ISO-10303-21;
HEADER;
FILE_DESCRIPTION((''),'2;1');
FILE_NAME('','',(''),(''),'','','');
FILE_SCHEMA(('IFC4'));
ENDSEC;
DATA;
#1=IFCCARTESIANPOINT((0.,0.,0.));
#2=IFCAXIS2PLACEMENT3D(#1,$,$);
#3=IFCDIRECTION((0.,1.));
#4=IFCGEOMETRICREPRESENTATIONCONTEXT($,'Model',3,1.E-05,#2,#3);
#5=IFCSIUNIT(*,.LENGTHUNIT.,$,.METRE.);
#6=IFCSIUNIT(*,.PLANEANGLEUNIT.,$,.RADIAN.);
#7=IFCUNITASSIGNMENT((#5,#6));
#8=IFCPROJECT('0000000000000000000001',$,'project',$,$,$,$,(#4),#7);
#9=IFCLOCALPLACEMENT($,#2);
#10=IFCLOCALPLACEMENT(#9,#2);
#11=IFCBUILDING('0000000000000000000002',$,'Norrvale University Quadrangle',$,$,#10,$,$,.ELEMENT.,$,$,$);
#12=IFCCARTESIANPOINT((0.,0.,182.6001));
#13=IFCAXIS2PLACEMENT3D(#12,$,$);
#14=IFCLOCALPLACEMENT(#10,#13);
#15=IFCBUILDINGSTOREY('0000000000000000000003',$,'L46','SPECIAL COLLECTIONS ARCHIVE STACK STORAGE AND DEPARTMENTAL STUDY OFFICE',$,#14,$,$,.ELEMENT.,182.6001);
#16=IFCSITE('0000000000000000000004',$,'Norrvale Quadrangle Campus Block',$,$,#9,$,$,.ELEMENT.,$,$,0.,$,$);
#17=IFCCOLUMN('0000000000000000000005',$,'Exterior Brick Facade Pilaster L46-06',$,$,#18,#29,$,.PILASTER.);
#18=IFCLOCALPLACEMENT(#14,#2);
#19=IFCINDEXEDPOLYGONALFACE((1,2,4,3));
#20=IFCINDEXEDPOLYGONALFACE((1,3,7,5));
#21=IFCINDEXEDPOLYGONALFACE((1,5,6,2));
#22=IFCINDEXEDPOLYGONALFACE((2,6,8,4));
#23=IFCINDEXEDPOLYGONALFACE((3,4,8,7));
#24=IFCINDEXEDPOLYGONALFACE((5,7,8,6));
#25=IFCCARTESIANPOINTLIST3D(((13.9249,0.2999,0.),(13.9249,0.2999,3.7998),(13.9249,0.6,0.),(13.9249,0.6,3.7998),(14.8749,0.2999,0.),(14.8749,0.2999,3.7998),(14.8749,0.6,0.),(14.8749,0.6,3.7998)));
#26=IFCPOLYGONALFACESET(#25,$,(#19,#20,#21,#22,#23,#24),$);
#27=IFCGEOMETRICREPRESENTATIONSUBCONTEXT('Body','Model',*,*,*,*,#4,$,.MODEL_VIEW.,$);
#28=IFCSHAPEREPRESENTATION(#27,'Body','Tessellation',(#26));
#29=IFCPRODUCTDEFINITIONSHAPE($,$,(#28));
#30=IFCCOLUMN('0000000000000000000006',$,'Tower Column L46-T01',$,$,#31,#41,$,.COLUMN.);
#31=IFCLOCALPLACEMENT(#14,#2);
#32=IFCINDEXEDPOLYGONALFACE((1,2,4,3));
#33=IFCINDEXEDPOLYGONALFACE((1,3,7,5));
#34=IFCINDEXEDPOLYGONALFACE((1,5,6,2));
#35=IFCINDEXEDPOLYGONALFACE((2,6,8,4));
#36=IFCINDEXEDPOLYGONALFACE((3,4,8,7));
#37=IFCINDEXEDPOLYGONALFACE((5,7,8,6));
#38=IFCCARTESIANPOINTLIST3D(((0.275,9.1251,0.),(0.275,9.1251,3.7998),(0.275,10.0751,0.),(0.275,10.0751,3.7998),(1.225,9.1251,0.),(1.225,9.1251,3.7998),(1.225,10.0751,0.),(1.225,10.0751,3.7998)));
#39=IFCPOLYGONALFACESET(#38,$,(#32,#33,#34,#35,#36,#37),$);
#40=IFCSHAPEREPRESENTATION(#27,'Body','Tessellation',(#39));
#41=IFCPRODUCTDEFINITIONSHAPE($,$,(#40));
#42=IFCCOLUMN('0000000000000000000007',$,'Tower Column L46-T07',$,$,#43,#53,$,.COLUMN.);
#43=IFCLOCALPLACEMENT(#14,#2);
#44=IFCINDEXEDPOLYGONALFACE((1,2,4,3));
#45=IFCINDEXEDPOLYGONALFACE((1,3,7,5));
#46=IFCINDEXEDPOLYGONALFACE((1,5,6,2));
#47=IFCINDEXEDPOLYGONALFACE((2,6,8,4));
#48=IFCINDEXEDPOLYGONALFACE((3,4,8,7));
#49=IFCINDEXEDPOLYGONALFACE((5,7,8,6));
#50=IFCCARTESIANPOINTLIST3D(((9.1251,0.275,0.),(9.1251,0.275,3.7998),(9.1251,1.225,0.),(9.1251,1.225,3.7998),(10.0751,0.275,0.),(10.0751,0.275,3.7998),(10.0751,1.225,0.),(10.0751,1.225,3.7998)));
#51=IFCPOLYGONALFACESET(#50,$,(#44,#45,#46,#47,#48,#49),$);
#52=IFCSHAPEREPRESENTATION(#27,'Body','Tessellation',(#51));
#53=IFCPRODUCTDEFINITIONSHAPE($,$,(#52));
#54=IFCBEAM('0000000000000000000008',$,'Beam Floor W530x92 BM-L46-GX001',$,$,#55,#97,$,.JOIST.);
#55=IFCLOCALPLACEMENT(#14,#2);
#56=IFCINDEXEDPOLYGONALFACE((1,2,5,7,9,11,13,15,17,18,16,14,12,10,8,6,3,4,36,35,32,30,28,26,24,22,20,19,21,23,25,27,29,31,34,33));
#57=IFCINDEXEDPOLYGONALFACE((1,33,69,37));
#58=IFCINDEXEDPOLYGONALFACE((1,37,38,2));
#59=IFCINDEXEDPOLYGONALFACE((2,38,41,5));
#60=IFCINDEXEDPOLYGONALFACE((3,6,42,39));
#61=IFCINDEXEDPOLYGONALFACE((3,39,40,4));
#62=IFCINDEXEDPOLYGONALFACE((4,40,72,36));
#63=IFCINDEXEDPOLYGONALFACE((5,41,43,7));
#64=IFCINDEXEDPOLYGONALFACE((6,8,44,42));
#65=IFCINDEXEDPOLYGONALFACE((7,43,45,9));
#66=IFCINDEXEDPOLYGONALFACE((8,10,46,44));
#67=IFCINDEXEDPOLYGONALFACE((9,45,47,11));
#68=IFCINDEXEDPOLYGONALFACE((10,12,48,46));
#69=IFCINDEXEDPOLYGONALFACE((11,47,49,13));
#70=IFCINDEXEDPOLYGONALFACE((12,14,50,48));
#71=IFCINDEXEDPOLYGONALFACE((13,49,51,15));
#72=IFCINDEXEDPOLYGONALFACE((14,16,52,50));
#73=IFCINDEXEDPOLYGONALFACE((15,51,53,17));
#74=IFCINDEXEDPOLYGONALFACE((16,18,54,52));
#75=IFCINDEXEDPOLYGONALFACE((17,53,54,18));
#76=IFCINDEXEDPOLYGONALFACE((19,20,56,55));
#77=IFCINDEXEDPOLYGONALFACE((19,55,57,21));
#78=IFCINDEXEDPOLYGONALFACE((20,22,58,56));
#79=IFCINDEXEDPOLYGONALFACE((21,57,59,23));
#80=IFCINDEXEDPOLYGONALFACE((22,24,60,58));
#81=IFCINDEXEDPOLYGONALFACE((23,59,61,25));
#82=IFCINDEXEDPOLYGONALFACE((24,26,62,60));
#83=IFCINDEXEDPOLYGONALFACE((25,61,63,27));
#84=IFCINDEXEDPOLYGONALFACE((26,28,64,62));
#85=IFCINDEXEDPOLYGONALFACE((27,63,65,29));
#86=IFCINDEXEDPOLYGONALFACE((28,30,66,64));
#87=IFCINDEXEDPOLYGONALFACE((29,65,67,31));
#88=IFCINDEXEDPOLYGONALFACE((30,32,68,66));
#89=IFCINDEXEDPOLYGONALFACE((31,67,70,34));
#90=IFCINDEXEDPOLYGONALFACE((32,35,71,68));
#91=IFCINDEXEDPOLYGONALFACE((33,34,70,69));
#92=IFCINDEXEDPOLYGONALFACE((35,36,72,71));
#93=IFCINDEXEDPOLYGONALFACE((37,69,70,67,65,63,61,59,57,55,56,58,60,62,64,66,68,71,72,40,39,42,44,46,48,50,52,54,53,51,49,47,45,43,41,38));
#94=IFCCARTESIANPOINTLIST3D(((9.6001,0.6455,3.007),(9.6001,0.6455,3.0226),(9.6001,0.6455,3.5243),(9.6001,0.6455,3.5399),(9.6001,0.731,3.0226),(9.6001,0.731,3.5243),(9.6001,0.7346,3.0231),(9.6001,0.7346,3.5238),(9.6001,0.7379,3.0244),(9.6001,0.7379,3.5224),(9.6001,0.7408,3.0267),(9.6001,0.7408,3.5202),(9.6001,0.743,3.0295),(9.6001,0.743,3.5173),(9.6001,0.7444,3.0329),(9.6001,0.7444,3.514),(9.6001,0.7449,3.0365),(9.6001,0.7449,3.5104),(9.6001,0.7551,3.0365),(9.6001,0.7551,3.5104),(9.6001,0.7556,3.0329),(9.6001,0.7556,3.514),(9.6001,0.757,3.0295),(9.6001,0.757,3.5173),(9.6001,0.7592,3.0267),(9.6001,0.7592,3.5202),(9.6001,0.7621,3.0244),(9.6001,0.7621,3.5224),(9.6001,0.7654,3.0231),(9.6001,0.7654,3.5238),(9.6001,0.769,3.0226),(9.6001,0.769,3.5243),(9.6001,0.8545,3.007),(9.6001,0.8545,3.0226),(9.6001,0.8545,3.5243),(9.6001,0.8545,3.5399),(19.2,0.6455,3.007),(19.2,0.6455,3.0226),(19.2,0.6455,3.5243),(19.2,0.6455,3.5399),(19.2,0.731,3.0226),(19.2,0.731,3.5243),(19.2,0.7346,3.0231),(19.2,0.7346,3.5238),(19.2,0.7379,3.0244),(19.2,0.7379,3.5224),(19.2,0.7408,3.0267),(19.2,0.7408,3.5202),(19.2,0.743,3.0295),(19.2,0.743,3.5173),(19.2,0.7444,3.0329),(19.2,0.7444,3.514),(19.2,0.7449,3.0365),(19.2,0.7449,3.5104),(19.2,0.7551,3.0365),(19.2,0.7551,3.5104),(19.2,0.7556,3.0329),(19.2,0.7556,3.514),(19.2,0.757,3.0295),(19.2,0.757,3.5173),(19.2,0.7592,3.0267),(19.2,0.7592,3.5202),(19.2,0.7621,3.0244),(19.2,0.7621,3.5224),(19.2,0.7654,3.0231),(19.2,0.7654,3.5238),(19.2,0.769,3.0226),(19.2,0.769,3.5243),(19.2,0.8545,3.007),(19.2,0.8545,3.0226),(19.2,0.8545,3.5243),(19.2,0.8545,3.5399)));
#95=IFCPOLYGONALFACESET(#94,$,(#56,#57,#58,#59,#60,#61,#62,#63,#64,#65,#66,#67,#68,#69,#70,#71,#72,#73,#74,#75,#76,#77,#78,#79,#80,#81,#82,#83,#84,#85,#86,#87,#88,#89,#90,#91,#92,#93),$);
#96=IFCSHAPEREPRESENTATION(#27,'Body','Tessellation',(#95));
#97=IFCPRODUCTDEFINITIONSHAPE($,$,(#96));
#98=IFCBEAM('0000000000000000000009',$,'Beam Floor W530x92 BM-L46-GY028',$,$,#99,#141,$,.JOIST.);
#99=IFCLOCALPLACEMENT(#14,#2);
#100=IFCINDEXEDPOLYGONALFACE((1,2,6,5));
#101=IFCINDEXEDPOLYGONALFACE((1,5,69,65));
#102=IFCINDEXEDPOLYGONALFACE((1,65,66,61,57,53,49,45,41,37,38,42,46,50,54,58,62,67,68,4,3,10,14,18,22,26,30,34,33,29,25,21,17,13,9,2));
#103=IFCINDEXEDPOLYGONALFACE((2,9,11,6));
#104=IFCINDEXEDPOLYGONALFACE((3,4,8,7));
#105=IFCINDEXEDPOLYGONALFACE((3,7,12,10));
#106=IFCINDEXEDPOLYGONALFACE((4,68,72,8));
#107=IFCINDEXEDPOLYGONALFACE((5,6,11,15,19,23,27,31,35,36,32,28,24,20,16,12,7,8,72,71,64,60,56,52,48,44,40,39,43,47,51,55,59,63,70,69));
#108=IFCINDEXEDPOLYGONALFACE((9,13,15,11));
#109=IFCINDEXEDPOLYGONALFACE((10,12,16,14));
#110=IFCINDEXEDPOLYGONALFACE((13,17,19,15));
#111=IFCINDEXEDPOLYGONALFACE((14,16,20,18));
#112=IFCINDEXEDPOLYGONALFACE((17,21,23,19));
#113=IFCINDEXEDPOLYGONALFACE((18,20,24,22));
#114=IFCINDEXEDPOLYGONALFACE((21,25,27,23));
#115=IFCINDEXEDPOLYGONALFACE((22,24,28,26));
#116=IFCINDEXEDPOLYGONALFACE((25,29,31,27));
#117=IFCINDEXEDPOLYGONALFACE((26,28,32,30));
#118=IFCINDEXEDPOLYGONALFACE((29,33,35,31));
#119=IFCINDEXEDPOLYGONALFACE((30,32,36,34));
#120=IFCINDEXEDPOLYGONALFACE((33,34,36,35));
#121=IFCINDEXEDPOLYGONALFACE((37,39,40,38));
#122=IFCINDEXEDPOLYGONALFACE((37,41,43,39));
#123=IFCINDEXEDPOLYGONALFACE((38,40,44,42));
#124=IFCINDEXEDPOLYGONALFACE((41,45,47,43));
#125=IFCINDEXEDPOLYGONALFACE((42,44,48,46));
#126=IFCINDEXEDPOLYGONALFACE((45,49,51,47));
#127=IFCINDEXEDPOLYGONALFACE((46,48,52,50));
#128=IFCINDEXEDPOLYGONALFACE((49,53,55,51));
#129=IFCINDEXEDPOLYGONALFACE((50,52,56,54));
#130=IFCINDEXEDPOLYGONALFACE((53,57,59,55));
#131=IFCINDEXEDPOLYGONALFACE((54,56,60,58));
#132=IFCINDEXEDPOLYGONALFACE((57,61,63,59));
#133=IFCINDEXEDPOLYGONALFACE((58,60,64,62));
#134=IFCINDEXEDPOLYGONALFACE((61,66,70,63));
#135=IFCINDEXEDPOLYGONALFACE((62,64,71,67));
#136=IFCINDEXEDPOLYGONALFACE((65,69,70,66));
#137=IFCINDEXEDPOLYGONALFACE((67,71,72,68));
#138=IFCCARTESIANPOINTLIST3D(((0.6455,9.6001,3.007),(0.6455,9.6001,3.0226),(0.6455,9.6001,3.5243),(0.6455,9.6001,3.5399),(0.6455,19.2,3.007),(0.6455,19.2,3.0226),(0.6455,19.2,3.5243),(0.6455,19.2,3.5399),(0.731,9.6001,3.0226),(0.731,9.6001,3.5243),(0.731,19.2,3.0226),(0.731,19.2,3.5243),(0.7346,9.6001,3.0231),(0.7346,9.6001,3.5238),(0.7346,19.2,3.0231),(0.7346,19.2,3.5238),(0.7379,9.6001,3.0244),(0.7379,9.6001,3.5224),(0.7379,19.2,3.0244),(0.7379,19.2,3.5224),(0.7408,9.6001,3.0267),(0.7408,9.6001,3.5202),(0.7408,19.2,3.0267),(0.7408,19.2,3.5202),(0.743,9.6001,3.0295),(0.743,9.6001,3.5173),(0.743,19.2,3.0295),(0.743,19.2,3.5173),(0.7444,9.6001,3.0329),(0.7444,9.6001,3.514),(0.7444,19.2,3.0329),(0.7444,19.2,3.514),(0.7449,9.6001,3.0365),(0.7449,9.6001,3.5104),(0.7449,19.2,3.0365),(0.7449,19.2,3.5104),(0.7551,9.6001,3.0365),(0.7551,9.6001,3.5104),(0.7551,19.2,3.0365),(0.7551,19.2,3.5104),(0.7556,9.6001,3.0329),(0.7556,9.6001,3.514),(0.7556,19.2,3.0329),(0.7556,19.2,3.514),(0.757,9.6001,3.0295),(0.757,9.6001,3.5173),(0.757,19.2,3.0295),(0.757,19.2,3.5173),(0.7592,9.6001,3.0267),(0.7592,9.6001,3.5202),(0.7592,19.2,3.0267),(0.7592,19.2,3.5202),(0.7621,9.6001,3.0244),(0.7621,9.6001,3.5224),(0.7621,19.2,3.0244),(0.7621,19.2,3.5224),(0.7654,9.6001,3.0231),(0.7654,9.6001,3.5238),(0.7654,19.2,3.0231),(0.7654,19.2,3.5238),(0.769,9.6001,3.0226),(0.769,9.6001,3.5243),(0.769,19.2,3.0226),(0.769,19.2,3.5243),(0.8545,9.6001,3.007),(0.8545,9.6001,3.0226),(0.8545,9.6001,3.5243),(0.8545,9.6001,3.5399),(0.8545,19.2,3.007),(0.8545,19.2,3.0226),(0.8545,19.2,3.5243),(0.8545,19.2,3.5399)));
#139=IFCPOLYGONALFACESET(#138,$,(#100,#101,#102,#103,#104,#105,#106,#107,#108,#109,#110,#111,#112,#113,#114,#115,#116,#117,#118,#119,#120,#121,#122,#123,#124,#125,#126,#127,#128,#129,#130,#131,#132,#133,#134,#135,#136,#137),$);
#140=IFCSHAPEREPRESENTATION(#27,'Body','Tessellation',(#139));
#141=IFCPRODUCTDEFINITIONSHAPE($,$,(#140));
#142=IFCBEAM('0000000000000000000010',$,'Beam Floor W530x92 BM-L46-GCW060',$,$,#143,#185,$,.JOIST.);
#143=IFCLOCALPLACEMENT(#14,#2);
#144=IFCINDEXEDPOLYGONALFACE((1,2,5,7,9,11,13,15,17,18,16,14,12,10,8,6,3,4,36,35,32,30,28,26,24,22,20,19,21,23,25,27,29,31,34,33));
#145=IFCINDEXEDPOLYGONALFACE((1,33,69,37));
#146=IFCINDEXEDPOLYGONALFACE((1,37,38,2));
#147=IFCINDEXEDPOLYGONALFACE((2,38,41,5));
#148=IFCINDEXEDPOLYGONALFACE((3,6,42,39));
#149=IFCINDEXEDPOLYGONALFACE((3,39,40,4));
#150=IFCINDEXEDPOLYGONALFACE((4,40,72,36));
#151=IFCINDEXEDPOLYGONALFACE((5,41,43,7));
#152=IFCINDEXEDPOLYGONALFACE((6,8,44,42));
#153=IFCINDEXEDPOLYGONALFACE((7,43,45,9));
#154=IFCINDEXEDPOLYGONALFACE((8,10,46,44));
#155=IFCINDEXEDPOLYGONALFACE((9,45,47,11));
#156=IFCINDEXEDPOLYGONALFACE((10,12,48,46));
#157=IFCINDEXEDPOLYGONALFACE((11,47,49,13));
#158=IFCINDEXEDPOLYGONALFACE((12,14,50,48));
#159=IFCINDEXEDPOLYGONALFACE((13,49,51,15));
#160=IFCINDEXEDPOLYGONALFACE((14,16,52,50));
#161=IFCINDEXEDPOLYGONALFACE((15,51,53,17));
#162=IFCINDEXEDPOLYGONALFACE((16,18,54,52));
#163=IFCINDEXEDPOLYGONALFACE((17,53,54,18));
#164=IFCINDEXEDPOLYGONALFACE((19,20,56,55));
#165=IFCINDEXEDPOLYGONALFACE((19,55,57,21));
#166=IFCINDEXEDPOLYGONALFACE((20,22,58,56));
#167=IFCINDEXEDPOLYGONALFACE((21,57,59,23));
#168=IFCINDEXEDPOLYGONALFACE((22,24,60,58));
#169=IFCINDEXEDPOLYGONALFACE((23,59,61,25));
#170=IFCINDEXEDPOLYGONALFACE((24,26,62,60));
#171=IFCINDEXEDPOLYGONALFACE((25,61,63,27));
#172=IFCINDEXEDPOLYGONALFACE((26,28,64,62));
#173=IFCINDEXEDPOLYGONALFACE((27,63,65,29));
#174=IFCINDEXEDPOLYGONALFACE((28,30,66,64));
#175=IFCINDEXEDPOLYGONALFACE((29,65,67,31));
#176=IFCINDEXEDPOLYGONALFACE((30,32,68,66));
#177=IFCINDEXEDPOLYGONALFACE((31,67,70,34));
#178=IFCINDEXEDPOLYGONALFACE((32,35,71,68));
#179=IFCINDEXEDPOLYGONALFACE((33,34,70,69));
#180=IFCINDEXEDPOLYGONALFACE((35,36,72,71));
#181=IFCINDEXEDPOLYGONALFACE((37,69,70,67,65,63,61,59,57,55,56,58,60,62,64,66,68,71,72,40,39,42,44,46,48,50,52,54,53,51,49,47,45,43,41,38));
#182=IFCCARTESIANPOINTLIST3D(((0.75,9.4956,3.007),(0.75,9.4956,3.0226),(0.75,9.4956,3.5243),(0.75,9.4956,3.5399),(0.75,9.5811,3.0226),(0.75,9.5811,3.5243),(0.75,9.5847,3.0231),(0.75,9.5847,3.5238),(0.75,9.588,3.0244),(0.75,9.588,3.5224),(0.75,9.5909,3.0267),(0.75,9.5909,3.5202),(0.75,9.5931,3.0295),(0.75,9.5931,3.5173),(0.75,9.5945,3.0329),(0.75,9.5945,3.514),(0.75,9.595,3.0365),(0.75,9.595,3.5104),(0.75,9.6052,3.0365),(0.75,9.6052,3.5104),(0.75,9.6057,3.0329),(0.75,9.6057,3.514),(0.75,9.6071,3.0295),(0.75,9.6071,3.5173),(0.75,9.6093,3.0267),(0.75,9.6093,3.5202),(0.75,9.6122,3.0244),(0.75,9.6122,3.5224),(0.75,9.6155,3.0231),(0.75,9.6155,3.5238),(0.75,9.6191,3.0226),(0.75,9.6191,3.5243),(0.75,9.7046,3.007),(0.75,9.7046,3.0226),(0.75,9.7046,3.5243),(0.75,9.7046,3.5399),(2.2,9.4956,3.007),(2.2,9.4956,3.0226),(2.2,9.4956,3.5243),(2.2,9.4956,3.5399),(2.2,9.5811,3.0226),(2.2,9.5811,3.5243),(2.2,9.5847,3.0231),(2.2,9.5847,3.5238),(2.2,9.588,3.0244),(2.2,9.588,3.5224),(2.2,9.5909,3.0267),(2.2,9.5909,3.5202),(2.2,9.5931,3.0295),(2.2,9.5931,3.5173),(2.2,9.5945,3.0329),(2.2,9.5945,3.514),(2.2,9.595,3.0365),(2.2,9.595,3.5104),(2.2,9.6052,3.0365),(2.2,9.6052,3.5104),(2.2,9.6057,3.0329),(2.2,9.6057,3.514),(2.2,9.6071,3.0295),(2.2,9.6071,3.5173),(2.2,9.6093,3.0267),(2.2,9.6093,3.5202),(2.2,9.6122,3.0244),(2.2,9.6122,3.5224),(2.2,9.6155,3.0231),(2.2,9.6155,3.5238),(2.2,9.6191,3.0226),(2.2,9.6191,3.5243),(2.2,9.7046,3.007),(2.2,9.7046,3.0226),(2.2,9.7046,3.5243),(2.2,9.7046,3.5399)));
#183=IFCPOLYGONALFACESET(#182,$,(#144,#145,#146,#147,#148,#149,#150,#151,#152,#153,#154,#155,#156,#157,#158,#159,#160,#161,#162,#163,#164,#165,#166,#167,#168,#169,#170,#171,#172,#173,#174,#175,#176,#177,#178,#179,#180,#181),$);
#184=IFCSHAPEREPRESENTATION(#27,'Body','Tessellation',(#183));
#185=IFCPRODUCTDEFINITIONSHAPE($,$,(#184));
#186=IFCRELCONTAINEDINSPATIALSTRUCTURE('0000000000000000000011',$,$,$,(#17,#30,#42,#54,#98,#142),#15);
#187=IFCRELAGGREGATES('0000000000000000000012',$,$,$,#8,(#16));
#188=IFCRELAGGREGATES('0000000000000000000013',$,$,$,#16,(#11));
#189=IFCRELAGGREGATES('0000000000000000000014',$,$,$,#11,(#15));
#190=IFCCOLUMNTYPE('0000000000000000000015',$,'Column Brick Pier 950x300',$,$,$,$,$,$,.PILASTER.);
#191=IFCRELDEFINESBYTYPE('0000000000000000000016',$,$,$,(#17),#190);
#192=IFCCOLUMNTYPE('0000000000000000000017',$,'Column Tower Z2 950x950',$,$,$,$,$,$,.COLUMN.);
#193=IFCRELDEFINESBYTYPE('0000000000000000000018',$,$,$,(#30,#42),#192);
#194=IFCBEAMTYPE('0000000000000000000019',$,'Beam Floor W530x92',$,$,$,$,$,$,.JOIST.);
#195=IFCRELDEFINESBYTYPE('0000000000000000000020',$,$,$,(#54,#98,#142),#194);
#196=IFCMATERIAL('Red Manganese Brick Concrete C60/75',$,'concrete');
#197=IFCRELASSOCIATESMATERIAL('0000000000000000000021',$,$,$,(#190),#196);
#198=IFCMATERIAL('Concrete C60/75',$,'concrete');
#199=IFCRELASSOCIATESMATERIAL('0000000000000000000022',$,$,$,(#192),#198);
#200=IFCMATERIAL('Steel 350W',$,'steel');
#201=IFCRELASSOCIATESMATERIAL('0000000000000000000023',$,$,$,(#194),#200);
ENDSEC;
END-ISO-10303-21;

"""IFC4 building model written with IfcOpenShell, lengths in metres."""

from ifc_helpers import new_model, si_unit, direction, frame, origin, origin_2d, place, context, subcontext, project, spatial, rectangle, i_section, extrude, material, material_profile, profile_set, type_object, element, save


model = new_model("IFC4")

# Units and contexts
model_context = context("Model", 3, precision=1e-05, world=origin(), true_north=direction((0.0, 1.0)))
body_context = subcontext(model_context, "Body", "Model", "MODEL_VIEW")
ifc_project = project(units=[si_unit("LENGTHUNIT", "METRE"), si_unit("PLANEANGLEUNIT", "RADIAN")], contexts=[model_context])

# Site, building, storey
site_placement = place(None, origin())
site = spatial("IfcSite", under=ifc_project, at=site_placement, Name="Norrvale Quadrangle Campus Block", CompositionType="ELEMENT", RefElevation=0.0)
building_placement = place(site_placement, origin())
building = spatial("IfcBuilding", under=site, at=building_placement, Name="Norrvale University Quadrangle", CompositionType="ELEMENT")
storey_placement = place(building_placement, frame((0.0, 0.0, 182.6001)))
storey = spatial("IfcBuildingStorey", under=building, at=storey_placement, Name="L46", Description="SPECIAL COLLECTIONS ARCHIVE STACK STORAGE AND DEPARTMENTAL STUDY OFFICE", CompositionType="ELEMENT", Elevation=182.6001)

# Columns
ifc_material_1 = material(Name="Red Manganese Brick Concrete C60/75", Category="concrete")
ifc_material_profile_1 = material_profile(ifc_material_1, rectangle(XDim=0.95, YDim=0.3, at=origin_2d()), Name="Red Manganese Brick Concrete C60/75")
ifc_profile_set_1 = profile_set([ifc_material_profile_1], Name="Red Manganese Brick Concrete C60/75")
column_type_1 = type_object("IfcColumnType", Name="Column Brick Pier 950x300", PredefinedType="PILASTER", material=ifc_profile_set_1)
column_placement = place(storey_placement, frame((14.3999, 0.45, 0.0), z_axis=(0.0, 0.0, 1.0), x_axis=(1.0, 0.0, 0.0)))
element("IfcColumn", 1, at=column_placement, inside=storey, type_object=column_type_1, Name="Exterior Brick Facade Pilaster L46-06", PredefinedType="PILASTER", context=body_context, shape_type="SweptSolid", body=[
    extrude(rectangle(XDim=0.95, YDim=0.3, at=origin_2d()), origin(), (0.0, 0.0, 1.0), 3.7998),
])
ifc_material_2 = material(Name="Concrete C60/75", Category="concrete")
ifc_material_profile_2 = material_profile(ifc_material_2, rectangle(XDim=0.95, YDim=0.95, at=origin_2d()), Name="Concrete C60/75")
ifc_profile_set_2 = profile_set([ifc_material_profile_2], Name="Concrete C60/75")
column_type_2 = type_object("IfcColumnType", Name="Column Tower Z2 950x950", PredefinedType="COLUMN", material=ifc_profile_set_2)
for number, where, z_axis, x_axis, name in (
    (2, (0.75, 9.6001, 0.0), (0.0, 0.0, 1.0), (1.0, 0.0, 0.0), "Tower Column L46-T01"),
    (3, (9.6001, 0.75, 0.0), (0.0, 0.0, 1.0), (1.0, 0.0, 0.0), "Tower Column L46-T07"),
):
    element("IfcColumn", number, at=place(storey_placement, frame(where, z_axis=z_axis, x_axis=x_axis)), inside=storey, type_object=column_type_2, Name=name, PredefinedType="COLUMN", context=body_context, shape_type="SweptSolid", body=[
        extrude(rectangle(XDim=0.95, YDim=0.95, at=origin_2d()), origin(), (0.0, 0.0, 1.0), 3.7998),
    ])

# Beams
ifc_material_3 = material(Name="Steel 350W", Category="steel")
ifc_material_profile_3 = material_profile(ifc_material_3, i_section(OverallWidth=0.209, OverallDepth=0.533, WebThickness=0.0103, FlangeThickness=0.0156, FilletRadius=0.0139, at=origin_2d()), Name="Steel 350W")
ifc_profile_set_3 = profile_set([ifc_material_profile_3], Name="Steel 350W")
beam_type_1 = type_object("IfcBeamType", Name="Beam Floor W530x92", PredefinedType="JOIST", material=ifc_profile_set_3)
for number, where, z_axis, x_axis, name in (
    (4, (9.6001, 0.75, 3.2734), (1.0, 0.0, 0.0), (0.0, 1.0, 0.0), "Beam Floor W530x92 BM-L46-GX001"),
    (5, (0.75, 9.6001, 3.2734), (0.0, 1.0, 0.0), (-1.0, 0.0, 0.0), "Beam Floor W530x92 BM-L46-GY028"),
):
    element("IfcBeam", number, at=place(storey_placement, frame(where, z_axis=z_axis, x_axis=x_axis)), inside=storey, type_object=beam_type_1, Name=name, PredefinedType="JOIST", context=body_context, shape_type="SweptSolid", body=[
        extrude(i_section(OverallWidth=0.209, OverallDepth=0.533, WebThickness=0.0103, FlangeThickness=0.0156, FilletRadius=0.0139, at=origin_2d()), origin(), (0.0, 0.0, 1.0), 9.5999),
    ])
beam_1_placement = place(storey_placement, frame((0.75, 9.6001, 3.2734), z_axis=(1.0, 0.0, 0.0), x_axis=(0.0, 1.0, 0.0)))
element("IfcBeam", 6, at=beam_1_placement, inside=storey, type_object=beam_type_1, Name="Beam Floor W530x92 BM-L46-GCW060", PredefinedType="JOIST", context=body_context, shape_type="SweptSolid", body=[
    extrude(i_section(OverallWidth=0.209, OverallDepth=0.533, WebThickness=0.0103, FlangeThickness=0.0156, FilletRadius=0.0139, at=origin_2d()), origin(), (0.0, 0.0, 1.0), 1.45),
])

save(model, "model.ifc")
